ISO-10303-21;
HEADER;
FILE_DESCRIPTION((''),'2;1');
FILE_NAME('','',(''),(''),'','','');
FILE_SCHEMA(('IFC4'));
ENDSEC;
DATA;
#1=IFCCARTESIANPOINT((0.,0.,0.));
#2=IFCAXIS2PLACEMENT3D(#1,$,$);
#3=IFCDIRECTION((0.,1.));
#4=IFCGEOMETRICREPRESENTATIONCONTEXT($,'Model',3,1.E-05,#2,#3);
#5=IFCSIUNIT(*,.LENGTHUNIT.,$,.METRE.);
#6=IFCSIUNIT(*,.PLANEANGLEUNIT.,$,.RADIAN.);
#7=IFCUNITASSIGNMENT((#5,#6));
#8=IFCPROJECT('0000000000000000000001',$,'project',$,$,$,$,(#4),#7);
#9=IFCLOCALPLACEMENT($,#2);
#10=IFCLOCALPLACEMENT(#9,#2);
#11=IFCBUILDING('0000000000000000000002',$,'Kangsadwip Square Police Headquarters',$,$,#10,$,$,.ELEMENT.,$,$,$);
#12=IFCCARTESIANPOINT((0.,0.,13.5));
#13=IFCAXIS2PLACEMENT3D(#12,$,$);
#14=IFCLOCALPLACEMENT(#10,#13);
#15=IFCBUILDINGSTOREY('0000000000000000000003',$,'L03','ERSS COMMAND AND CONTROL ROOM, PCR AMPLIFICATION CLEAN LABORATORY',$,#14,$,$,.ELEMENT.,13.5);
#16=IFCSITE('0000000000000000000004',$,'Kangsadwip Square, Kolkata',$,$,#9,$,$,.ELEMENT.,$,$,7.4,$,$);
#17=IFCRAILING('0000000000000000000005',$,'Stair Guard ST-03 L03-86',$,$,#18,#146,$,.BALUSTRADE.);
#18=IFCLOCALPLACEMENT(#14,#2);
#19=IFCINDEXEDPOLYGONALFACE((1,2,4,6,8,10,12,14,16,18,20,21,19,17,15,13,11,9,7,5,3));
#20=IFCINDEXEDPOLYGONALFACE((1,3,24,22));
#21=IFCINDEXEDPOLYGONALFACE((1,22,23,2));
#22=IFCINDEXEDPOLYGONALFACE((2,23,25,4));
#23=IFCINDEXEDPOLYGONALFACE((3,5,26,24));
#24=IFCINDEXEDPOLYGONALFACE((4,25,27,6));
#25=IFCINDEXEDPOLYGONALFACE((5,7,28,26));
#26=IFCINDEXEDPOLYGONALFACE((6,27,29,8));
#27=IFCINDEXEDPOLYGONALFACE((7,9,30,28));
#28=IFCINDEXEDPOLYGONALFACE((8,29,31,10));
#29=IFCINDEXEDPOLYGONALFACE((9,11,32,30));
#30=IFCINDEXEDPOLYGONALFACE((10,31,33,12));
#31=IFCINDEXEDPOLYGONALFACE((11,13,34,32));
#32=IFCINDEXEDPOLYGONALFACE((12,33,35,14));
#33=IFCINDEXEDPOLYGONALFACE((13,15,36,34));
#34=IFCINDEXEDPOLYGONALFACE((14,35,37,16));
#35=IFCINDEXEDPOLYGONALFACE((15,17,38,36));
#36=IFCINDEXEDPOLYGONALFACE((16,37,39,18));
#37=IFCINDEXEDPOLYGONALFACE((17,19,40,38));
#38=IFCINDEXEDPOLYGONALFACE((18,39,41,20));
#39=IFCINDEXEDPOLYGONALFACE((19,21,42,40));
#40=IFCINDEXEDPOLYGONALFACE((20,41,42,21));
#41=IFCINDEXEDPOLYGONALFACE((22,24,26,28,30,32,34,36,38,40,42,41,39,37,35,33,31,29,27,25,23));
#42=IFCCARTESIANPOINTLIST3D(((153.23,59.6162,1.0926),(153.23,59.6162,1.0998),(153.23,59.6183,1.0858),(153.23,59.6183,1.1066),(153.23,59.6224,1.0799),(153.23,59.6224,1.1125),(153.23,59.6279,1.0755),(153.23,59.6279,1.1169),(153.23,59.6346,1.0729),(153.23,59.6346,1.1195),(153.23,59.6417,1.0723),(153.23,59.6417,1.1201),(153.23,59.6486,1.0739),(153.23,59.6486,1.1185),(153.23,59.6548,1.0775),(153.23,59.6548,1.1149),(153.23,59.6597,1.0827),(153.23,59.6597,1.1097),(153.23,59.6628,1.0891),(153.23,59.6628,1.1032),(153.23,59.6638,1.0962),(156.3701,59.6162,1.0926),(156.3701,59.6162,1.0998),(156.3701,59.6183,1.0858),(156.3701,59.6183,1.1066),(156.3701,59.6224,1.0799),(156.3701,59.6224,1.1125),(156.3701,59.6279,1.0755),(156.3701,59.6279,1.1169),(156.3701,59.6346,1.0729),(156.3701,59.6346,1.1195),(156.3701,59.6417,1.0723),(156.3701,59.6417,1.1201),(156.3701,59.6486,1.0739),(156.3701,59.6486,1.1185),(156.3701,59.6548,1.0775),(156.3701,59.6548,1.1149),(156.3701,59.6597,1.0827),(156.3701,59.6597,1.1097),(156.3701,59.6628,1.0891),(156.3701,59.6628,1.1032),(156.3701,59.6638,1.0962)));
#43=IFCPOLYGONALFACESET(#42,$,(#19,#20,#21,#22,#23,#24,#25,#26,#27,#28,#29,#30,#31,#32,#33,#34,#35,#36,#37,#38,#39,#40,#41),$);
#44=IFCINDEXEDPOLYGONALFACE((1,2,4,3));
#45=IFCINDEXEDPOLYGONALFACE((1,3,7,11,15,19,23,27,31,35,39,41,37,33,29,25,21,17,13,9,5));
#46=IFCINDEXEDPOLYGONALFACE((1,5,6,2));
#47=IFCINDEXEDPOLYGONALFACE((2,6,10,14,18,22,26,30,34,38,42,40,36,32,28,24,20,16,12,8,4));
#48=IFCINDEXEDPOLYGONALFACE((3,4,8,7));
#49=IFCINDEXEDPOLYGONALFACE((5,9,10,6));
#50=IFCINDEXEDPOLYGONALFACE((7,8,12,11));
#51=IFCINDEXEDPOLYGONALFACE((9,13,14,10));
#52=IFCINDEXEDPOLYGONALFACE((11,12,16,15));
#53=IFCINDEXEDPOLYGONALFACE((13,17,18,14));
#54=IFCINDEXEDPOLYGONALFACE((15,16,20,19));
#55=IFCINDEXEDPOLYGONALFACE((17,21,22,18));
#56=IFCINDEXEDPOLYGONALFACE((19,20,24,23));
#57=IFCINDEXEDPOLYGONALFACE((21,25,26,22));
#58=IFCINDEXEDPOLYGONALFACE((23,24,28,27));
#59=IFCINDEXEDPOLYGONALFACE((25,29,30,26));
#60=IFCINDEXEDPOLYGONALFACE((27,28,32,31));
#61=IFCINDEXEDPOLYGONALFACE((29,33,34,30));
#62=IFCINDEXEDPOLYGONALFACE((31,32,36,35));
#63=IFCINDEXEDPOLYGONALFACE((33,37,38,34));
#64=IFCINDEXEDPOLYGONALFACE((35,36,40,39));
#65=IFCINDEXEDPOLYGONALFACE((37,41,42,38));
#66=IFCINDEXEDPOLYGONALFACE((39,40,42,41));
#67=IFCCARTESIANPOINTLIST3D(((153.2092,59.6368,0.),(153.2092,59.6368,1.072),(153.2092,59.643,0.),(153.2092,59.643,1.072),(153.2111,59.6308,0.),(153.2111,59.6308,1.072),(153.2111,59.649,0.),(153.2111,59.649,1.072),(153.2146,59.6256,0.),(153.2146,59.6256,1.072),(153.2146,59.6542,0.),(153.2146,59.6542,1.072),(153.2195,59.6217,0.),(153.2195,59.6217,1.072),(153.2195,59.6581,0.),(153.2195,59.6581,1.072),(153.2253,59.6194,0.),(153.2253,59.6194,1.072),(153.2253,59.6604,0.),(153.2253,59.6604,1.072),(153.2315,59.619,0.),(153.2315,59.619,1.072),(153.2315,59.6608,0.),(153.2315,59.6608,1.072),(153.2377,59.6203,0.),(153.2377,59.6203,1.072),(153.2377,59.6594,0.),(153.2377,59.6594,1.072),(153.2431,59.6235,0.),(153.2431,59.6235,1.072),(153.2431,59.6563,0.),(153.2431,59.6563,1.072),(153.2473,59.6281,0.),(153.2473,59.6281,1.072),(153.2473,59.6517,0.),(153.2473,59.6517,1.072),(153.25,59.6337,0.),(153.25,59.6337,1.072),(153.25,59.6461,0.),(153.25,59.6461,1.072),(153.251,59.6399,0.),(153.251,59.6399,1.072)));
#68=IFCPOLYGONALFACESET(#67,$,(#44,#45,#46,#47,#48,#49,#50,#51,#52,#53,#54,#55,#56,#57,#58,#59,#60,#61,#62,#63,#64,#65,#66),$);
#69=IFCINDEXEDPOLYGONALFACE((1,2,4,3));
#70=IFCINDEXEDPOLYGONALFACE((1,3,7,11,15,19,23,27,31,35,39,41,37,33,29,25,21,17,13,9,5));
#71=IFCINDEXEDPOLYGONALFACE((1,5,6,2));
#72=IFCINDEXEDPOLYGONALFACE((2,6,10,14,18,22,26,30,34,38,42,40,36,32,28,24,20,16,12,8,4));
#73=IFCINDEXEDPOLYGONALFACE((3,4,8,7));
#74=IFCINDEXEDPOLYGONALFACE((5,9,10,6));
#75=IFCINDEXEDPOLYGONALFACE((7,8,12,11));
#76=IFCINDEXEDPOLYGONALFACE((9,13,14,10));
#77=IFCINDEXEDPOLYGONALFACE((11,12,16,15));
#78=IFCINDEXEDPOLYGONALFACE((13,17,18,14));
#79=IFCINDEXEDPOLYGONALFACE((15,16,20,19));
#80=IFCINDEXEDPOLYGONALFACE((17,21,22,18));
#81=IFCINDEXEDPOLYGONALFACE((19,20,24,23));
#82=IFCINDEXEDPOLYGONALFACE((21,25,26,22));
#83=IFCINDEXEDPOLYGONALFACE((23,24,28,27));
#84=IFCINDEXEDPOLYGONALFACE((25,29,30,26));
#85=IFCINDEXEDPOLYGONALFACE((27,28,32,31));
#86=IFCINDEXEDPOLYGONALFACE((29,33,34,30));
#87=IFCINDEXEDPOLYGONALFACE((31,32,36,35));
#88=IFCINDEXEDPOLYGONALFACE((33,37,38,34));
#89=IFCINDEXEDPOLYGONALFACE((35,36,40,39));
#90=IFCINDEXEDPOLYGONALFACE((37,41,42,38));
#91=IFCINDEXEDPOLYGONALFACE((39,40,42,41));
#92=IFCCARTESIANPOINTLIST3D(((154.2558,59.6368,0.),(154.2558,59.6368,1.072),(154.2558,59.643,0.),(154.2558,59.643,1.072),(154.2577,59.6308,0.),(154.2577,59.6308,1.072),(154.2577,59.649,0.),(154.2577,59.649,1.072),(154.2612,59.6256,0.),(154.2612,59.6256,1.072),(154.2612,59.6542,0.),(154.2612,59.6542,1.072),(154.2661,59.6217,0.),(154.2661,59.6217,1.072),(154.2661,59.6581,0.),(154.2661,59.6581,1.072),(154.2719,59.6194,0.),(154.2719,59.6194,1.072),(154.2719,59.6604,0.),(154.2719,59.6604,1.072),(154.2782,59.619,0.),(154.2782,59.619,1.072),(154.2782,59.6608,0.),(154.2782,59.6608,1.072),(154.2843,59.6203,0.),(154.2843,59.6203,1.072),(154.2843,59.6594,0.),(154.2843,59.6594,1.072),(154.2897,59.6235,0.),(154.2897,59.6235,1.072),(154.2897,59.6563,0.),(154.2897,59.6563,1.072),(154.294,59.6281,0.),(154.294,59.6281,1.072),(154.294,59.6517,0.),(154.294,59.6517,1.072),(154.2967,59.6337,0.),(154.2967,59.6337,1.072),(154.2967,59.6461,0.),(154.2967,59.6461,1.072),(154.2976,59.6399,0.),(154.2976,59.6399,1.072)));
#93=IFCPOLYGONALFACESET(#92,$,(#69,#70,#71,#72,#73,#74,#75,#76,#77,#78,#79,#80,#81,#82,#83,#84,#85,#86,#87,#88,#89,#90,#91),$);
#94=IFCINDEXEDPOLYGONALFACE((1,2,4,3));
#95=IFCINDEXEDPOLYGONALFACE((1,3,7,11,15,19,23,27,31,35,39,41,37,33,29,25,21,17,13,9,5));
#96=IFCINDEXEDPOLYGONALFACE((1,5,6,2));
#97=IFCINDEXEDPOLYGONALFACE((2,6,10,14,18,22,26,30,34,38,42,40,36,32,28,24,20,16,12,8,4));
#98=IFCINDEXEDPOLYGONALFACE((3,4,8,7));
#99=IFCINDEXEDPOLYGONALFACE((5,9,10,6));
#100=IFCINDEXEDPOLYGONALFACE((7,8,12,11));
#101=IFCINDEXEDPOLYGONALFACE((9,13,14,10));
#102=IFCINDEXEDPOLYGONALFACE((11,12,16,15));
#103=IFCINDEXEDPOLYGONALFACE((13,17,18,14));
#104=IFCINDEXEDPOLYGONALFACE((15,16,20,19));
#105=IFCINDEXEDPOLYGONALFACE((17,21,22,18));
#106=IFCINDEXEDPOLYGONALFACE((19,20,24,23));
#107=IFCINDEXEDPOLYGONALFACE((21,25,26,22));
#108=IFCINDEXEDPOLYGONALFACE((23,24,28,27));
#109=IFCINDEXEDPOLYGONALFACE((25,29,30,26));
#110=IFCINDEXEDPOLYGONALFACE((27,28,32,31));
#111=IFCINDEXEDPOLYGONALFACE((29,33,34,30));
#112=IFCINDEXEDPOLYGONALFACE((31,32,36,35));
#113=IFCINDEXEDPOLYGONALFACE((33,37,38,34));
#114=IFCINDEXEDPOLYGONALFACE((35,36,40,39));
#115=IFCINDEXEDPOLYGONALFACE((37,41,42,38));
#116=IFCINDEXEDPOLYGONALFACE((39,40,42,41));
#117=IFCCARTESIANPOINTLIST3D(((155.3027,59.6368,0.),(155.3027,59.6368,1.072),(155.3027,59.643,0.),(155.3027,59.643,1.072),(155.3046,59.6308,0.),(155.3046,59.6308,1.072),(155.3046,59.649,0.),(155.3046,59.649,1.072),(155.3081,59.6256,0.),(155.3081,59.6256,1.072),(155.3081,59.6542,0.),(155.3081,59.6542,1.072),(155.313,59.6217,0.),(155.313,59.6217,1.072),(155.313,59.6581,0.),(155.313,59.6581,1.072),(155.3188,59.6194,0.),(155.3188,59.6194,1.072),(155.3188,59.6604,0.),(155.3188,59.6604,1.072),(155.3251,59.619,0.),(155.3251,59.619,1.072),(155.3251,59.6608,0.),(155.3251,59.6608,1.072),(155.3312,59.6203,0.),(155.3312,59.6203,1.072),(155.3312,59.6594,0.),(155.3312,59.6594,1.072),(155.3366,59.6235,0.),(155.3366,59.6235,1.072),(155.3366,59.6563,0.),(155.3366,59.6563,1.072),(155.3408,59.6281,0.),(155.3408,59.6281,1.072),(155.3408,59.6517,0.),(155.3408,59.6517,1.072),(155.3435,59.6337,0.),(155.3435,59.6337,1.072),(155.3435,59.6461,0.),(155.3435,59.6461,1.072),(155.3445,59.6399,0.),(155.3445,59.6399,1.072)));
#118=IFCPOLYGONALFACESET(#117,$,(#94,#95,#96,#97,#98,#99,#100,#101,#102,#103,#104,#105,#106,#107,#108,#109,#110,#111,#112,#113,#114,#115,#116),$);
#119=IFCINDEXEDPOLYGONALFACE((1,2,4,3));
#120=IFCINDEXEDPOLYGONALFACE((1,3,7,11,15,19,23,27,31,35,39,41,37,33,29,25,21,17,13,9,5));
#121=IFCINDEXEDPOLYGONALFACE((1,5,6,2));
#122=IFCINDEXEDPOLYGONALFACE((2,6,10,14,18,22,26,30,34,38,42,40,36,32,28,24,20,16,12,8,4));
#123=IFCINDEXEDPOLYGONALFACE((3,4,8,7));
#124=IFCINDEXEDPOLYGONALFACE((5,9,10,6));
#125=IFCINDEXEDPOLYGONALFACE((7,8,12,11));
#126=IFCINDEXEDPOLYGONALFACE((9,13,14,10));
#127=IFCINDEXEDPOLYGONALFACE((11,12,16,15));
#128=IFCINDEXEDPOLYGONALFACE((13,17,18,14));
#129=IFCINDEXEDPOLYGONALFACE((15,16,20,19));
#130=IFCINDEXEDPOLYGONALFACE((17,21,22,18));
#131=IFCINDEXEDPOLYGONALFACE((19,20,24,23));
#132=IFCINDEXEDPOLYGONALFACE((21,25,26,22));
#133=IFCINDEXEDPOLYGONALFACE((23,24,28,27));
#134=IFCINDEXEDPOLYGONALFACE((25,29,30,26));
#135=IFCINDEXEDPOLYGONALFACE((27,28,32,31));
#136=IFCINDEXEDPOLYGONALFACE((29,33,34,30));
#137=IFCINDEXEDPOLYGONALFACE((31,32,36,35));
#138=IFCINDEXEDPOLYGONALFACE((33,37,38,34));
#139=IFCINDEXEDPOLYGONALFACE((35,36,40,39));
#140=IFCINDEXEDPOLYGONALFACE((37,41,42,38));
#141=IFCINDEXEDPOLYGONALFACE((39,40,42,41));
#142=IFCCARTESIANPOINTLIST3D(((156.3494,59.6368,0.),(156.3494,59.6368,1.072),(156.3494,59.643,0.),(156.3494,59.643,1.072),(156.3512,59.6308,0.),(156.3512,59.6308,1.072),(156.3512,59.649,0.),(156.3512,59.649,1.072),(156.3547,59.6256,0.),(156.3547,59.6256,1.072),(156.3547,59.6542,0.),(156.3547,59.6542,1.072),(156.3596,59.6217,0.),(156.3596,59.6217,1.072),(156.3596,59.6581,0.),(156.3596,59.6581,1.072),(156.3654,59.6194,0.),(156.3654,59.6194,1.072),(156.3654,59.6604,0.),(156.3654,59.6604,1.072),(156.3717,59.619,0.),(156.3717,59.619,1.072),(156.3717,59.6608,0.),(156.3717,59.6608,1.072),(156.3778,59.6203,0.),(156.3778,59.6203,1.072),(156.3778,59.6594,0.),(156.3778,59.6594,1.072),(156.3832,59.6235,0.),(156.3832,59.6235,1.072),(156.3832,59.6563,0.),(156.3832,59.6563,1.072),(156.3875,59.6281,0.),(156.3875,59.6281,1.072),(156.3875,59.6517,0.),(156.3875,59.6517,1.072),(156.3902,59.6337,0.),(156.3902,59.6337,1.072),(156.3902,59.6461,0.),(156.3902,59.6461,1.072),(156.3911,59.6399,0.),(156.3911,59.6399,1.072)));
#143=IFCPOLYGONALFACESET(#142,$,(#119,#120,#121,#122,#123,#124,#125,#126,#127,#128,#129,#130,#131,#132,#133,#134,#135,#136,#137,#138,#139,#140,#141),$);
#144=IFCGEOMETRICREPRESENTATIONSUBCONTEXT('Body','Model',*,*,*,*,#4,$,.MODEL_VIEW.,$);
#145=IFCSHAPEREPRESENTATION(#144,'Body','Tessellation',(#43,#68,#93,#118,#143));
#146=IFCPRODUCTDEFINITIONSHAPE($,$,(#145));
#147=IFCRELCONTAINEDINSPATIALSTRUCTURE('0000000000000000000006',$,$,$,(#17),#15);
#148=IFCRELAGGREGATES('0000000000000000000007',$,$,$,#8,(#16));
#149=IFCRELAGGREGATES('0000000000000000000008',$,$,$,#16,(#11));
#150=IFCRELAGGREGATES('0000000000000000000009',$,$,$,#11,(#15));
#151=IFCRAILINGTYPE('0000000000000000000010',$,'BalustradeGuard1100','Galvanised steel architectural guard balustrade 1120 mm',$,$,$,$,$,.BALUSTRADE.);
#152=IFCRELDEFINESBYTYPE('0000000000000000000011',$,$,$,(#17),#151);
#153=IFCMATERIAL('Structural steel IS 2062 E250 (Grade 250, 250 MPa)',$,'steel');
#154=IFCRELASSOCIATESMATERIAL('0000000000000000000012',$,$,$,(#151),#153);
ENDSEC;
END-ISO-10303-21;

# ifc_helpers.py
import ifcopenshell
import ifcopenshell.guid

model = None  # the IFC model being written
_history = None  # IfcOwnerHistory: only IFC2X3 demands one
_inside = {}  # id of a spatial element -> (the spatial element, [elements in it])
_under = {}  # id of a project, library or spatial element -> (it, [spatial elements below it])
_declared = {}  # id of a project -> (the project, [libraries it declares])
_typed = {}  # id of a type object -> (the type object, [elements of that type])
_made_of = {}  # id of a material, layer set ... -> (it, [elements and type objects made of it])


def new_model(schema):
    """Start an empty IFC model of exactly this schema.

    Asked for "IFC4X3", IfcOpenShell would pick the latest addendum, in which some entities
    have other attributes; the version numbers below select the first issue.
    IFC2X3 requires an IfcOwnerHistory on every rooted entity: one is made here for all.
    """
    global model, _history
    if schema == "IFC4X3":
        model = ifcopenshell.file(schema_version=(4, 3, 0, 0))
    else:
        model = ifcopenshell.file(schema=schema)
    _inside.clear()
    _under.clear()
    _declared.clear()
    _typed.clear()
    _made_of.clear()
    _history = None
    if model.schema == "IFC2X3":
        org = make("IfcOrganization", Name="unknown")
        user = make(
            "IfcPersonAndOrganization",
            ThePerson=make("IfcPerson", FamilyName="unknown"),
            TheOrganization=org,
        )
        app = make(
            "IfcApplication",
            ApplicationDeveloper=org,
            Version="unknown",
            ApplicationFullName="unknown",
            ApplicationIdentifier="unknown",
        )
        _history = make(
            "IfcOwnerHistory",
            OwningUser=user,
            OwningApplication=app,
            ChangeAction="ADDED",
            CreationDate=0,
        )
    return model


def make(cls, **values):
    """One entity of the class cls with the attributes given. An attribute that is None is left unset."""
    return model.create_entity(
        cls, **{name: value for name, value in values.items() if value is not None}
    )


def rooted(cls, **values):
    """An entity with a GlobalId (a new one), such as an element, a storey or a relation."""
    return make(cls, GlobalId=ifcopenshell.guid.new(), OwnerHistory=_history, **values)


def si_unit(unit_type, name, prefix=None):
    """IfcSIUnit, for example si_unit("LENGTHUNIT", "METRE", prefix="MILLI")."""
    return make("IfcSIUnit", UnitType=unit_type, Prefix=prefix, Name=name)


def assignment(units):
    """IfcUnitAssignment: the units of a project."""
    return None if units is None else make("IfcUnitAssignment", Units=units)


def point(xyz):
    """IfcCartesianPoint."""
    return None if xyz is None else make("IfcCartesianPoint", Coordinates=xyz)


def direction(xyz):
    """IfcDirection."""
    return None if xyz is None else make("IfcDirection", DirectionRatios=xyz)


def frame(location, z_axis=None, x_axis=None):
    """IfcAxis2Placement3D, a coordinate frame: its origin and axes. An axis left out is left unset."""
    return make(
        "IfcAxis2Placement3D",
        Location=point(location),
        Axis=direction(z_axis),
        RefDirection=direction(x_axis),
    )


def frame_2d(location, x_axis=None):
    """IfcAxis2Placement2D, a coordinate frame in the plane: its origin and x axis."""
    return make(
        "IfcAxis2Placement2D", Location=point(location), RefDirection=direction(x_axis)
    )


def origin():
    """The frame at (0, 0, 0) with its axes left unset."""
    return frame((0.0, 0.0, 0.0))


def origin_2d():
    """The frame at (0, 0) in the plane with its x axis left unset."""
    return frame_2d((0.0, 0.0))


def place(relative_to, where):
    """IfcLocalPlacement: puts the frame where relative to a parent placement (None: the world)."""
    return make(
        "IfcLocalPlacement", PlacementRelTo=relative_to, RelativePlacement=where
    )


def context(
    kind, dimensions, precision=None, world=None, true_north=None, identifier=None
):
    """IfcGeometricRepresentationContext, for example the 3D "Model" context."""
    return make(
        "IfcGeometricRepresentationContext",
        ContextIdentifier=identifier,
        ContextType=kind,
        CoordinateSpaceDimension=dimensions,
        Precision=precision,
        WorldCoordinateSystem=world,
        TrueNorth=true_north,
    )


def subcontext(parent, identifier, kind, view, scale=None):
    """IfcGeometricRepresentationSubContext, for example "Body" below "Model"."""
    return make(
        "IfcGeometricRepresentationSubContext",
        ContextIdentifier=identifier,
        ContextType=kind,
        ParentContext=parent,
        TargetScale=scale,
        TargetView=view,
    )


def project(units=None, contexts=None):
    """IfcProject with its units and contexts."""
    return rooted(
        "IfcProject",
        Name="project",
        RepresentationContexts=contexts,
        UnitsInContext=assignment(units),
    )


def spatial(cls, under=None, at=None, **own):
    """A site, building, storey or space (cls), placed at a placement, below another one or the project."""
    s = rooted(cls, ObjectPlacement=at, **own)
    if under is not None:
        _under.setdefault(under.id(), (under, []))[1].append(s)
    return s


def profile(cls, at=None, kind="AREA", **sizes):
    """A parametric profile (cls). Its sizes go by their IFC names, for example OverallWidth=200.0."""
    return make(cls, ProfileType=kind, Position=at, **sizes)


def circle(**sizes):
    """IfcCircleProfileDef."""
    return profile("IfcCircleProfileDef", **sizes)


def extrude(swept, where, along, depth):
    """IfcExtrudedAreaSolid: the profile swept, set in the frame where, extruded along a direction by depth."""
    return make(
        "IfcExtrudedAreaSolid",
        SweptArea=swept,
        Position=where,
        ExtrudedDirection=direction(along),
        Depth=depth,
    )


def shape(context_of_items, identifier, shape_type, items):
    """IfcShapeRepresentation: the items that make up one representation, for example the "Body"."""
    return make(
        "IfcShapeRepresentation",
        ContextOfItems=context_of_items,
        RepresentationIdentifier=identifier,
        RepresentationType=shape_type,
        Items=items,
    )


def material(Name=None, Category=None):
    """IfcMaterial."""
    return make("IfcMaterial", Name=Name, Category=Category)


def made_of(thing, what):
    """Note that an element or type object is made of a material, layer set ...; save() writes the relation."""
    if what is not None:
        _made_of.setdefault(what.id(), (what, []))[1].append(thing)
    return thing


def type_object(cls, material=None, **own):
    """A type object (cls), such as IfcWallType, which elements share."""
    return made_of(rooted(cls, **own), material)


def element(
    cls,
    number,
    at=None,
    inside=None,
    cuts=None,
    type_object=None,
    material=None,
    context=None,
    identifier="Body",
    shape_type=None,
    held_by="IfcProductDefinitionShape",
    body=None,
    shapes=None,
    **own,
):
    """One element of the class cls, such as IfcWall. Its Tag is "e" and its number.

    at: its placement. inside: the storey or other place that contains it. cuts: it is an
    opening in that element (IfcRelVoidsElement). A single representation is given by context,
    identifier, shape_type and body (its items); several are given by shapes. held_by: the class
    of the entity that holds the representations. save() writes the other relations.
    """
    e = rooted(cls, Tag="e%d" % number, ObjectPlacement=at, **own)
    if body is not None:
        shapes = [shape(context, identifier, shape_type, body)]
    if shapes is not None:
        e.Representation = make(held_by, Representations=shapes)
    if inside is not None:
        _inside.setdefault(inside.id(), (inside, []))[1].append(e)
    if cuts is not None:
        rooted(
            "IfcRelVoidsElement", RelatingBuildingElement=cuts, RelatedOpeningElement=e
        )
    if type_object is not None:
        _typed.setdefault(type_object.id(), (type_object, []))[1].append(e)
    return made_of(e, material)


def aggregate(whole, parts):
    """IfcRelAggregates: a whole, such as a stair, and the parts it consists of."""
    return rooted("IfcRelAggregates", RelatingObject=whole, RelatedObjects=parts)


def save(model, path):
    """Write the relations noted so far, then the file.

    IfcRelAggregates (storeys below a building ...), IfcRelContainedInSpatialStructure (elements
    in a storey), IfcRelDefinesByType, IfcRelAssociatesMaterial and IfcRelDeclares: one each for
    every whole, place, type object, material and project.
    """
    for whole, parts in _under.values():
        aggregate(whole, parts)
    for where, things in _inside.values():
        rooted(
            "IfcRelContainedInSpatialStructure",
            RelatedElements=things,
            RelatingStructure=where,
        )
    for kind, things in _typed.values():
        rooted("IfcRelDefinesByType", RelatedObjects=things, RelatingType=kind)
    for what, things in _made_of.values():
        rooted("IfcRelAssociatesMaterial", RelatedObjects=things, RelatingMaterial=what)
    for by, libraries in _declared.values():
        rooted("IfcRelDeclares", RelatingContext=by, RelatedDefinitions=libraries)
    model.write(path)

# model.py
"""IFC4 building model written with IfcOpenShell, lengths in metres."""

from ifc_helpers import new_model, si_unit, direction, frame, origin, origin_2d, place, context, subcontext, project, spatial, circle, extrude, material, type_object, element, save


model = new_model("IFC4")

# Units and contexts
model_context = context("Model", 3, precision=1e-05, world=origin(), true_north=direction((0.0, 1.0)))
body_context = subcontext(model_context, "Body", "Model", "MODEL_VIEW")
ifc_project = project(units=[si_unit("LENGTHUNIT", "METRE"), si_unit("PLANEANGLEUNIT", "RADIAN")], contexts=[model_context])

# Site, building, storey
site_placement = place(None, origin())
site = spatial("IfcSite", under=ifc_project, at=site_placement, Name="Kangsadwip Square, Kolkata", CompositionType="ELEMENT", RefElevation=7.4)
building_placement = place(site_placement, origin())
building = spatial("IfcBuilding", under=site, at=building_placement, Name="Kangsadwip Square Police Headquarters", CompositionType="ELEMENT")
storey_placement = place(building_placement, frame((0.0, 0.0, 13.5)))
storey = spatial("IfcBuildingStorey", under=building, at=storey_placement, Name="L03", Description="ERSS COMMAND AND CONTROL ROOM, PCR AMPLIFICATION CLEAN LABORATORY", CompositionType="ELEMENT", Elevation=13.5)

# Railing
ifc_material_1 = material(Name="Structural steel IS 2062 E250 (Grade 250, 250 MPa)", Category="steel")
railing_type_1 = type_object("IfcRailingType", Name="BalustradeGuard1100", Description="Galvanised steel architectural guard balustrade 1120 mm", PredefinedType="BALUSTRADE", material=ifc_material_1)
for number, where, name in (
    (1, (153.23, 59.6399, 0.0), "Stair Guard ST-03 L03-86"),
):
    element("IfcRailing", number, at=place(storey_placement, frame(where)), inside=storey, type_object=railing_type_1, Name=name, PredefinedType="BALUSTRADE", context=body_context, shape_type="SweptSolid", body=[
        extrude(circle(Radius=0.0239, at=origin_2d()), frame((0.0, 0.0, 1.0962), z_axis=(1.0, 0.0, 0.0), x_axis=(0.0, 1.0, 0.0)), (0.0, 0.0, 1.0), 3.1401),
        extrude(circle(Radius=0.021, at=origin_2d()), origin(), (0.0, 0.0, 1.0), 1.072),
        extrude(circle(Radius=0.021, at=origin_2d()), frame((1.0466, 0.0, 0.0)), (0.0, 0.0, 1.0), 1.072),
        extrude(circle(Radius=0.021, at=origin_2d()), frame((2.0935, 0.0, 0.0)), (0.0, 0.0, 1.0), 1.072),
        extrude(circle(Radius=0.021, at=origin_2d()), frame((3.1401, 0.0, 0.0)), (0.0, 0.0, 1.0), 1.072),
    ])

save(model, "model.ifc")
